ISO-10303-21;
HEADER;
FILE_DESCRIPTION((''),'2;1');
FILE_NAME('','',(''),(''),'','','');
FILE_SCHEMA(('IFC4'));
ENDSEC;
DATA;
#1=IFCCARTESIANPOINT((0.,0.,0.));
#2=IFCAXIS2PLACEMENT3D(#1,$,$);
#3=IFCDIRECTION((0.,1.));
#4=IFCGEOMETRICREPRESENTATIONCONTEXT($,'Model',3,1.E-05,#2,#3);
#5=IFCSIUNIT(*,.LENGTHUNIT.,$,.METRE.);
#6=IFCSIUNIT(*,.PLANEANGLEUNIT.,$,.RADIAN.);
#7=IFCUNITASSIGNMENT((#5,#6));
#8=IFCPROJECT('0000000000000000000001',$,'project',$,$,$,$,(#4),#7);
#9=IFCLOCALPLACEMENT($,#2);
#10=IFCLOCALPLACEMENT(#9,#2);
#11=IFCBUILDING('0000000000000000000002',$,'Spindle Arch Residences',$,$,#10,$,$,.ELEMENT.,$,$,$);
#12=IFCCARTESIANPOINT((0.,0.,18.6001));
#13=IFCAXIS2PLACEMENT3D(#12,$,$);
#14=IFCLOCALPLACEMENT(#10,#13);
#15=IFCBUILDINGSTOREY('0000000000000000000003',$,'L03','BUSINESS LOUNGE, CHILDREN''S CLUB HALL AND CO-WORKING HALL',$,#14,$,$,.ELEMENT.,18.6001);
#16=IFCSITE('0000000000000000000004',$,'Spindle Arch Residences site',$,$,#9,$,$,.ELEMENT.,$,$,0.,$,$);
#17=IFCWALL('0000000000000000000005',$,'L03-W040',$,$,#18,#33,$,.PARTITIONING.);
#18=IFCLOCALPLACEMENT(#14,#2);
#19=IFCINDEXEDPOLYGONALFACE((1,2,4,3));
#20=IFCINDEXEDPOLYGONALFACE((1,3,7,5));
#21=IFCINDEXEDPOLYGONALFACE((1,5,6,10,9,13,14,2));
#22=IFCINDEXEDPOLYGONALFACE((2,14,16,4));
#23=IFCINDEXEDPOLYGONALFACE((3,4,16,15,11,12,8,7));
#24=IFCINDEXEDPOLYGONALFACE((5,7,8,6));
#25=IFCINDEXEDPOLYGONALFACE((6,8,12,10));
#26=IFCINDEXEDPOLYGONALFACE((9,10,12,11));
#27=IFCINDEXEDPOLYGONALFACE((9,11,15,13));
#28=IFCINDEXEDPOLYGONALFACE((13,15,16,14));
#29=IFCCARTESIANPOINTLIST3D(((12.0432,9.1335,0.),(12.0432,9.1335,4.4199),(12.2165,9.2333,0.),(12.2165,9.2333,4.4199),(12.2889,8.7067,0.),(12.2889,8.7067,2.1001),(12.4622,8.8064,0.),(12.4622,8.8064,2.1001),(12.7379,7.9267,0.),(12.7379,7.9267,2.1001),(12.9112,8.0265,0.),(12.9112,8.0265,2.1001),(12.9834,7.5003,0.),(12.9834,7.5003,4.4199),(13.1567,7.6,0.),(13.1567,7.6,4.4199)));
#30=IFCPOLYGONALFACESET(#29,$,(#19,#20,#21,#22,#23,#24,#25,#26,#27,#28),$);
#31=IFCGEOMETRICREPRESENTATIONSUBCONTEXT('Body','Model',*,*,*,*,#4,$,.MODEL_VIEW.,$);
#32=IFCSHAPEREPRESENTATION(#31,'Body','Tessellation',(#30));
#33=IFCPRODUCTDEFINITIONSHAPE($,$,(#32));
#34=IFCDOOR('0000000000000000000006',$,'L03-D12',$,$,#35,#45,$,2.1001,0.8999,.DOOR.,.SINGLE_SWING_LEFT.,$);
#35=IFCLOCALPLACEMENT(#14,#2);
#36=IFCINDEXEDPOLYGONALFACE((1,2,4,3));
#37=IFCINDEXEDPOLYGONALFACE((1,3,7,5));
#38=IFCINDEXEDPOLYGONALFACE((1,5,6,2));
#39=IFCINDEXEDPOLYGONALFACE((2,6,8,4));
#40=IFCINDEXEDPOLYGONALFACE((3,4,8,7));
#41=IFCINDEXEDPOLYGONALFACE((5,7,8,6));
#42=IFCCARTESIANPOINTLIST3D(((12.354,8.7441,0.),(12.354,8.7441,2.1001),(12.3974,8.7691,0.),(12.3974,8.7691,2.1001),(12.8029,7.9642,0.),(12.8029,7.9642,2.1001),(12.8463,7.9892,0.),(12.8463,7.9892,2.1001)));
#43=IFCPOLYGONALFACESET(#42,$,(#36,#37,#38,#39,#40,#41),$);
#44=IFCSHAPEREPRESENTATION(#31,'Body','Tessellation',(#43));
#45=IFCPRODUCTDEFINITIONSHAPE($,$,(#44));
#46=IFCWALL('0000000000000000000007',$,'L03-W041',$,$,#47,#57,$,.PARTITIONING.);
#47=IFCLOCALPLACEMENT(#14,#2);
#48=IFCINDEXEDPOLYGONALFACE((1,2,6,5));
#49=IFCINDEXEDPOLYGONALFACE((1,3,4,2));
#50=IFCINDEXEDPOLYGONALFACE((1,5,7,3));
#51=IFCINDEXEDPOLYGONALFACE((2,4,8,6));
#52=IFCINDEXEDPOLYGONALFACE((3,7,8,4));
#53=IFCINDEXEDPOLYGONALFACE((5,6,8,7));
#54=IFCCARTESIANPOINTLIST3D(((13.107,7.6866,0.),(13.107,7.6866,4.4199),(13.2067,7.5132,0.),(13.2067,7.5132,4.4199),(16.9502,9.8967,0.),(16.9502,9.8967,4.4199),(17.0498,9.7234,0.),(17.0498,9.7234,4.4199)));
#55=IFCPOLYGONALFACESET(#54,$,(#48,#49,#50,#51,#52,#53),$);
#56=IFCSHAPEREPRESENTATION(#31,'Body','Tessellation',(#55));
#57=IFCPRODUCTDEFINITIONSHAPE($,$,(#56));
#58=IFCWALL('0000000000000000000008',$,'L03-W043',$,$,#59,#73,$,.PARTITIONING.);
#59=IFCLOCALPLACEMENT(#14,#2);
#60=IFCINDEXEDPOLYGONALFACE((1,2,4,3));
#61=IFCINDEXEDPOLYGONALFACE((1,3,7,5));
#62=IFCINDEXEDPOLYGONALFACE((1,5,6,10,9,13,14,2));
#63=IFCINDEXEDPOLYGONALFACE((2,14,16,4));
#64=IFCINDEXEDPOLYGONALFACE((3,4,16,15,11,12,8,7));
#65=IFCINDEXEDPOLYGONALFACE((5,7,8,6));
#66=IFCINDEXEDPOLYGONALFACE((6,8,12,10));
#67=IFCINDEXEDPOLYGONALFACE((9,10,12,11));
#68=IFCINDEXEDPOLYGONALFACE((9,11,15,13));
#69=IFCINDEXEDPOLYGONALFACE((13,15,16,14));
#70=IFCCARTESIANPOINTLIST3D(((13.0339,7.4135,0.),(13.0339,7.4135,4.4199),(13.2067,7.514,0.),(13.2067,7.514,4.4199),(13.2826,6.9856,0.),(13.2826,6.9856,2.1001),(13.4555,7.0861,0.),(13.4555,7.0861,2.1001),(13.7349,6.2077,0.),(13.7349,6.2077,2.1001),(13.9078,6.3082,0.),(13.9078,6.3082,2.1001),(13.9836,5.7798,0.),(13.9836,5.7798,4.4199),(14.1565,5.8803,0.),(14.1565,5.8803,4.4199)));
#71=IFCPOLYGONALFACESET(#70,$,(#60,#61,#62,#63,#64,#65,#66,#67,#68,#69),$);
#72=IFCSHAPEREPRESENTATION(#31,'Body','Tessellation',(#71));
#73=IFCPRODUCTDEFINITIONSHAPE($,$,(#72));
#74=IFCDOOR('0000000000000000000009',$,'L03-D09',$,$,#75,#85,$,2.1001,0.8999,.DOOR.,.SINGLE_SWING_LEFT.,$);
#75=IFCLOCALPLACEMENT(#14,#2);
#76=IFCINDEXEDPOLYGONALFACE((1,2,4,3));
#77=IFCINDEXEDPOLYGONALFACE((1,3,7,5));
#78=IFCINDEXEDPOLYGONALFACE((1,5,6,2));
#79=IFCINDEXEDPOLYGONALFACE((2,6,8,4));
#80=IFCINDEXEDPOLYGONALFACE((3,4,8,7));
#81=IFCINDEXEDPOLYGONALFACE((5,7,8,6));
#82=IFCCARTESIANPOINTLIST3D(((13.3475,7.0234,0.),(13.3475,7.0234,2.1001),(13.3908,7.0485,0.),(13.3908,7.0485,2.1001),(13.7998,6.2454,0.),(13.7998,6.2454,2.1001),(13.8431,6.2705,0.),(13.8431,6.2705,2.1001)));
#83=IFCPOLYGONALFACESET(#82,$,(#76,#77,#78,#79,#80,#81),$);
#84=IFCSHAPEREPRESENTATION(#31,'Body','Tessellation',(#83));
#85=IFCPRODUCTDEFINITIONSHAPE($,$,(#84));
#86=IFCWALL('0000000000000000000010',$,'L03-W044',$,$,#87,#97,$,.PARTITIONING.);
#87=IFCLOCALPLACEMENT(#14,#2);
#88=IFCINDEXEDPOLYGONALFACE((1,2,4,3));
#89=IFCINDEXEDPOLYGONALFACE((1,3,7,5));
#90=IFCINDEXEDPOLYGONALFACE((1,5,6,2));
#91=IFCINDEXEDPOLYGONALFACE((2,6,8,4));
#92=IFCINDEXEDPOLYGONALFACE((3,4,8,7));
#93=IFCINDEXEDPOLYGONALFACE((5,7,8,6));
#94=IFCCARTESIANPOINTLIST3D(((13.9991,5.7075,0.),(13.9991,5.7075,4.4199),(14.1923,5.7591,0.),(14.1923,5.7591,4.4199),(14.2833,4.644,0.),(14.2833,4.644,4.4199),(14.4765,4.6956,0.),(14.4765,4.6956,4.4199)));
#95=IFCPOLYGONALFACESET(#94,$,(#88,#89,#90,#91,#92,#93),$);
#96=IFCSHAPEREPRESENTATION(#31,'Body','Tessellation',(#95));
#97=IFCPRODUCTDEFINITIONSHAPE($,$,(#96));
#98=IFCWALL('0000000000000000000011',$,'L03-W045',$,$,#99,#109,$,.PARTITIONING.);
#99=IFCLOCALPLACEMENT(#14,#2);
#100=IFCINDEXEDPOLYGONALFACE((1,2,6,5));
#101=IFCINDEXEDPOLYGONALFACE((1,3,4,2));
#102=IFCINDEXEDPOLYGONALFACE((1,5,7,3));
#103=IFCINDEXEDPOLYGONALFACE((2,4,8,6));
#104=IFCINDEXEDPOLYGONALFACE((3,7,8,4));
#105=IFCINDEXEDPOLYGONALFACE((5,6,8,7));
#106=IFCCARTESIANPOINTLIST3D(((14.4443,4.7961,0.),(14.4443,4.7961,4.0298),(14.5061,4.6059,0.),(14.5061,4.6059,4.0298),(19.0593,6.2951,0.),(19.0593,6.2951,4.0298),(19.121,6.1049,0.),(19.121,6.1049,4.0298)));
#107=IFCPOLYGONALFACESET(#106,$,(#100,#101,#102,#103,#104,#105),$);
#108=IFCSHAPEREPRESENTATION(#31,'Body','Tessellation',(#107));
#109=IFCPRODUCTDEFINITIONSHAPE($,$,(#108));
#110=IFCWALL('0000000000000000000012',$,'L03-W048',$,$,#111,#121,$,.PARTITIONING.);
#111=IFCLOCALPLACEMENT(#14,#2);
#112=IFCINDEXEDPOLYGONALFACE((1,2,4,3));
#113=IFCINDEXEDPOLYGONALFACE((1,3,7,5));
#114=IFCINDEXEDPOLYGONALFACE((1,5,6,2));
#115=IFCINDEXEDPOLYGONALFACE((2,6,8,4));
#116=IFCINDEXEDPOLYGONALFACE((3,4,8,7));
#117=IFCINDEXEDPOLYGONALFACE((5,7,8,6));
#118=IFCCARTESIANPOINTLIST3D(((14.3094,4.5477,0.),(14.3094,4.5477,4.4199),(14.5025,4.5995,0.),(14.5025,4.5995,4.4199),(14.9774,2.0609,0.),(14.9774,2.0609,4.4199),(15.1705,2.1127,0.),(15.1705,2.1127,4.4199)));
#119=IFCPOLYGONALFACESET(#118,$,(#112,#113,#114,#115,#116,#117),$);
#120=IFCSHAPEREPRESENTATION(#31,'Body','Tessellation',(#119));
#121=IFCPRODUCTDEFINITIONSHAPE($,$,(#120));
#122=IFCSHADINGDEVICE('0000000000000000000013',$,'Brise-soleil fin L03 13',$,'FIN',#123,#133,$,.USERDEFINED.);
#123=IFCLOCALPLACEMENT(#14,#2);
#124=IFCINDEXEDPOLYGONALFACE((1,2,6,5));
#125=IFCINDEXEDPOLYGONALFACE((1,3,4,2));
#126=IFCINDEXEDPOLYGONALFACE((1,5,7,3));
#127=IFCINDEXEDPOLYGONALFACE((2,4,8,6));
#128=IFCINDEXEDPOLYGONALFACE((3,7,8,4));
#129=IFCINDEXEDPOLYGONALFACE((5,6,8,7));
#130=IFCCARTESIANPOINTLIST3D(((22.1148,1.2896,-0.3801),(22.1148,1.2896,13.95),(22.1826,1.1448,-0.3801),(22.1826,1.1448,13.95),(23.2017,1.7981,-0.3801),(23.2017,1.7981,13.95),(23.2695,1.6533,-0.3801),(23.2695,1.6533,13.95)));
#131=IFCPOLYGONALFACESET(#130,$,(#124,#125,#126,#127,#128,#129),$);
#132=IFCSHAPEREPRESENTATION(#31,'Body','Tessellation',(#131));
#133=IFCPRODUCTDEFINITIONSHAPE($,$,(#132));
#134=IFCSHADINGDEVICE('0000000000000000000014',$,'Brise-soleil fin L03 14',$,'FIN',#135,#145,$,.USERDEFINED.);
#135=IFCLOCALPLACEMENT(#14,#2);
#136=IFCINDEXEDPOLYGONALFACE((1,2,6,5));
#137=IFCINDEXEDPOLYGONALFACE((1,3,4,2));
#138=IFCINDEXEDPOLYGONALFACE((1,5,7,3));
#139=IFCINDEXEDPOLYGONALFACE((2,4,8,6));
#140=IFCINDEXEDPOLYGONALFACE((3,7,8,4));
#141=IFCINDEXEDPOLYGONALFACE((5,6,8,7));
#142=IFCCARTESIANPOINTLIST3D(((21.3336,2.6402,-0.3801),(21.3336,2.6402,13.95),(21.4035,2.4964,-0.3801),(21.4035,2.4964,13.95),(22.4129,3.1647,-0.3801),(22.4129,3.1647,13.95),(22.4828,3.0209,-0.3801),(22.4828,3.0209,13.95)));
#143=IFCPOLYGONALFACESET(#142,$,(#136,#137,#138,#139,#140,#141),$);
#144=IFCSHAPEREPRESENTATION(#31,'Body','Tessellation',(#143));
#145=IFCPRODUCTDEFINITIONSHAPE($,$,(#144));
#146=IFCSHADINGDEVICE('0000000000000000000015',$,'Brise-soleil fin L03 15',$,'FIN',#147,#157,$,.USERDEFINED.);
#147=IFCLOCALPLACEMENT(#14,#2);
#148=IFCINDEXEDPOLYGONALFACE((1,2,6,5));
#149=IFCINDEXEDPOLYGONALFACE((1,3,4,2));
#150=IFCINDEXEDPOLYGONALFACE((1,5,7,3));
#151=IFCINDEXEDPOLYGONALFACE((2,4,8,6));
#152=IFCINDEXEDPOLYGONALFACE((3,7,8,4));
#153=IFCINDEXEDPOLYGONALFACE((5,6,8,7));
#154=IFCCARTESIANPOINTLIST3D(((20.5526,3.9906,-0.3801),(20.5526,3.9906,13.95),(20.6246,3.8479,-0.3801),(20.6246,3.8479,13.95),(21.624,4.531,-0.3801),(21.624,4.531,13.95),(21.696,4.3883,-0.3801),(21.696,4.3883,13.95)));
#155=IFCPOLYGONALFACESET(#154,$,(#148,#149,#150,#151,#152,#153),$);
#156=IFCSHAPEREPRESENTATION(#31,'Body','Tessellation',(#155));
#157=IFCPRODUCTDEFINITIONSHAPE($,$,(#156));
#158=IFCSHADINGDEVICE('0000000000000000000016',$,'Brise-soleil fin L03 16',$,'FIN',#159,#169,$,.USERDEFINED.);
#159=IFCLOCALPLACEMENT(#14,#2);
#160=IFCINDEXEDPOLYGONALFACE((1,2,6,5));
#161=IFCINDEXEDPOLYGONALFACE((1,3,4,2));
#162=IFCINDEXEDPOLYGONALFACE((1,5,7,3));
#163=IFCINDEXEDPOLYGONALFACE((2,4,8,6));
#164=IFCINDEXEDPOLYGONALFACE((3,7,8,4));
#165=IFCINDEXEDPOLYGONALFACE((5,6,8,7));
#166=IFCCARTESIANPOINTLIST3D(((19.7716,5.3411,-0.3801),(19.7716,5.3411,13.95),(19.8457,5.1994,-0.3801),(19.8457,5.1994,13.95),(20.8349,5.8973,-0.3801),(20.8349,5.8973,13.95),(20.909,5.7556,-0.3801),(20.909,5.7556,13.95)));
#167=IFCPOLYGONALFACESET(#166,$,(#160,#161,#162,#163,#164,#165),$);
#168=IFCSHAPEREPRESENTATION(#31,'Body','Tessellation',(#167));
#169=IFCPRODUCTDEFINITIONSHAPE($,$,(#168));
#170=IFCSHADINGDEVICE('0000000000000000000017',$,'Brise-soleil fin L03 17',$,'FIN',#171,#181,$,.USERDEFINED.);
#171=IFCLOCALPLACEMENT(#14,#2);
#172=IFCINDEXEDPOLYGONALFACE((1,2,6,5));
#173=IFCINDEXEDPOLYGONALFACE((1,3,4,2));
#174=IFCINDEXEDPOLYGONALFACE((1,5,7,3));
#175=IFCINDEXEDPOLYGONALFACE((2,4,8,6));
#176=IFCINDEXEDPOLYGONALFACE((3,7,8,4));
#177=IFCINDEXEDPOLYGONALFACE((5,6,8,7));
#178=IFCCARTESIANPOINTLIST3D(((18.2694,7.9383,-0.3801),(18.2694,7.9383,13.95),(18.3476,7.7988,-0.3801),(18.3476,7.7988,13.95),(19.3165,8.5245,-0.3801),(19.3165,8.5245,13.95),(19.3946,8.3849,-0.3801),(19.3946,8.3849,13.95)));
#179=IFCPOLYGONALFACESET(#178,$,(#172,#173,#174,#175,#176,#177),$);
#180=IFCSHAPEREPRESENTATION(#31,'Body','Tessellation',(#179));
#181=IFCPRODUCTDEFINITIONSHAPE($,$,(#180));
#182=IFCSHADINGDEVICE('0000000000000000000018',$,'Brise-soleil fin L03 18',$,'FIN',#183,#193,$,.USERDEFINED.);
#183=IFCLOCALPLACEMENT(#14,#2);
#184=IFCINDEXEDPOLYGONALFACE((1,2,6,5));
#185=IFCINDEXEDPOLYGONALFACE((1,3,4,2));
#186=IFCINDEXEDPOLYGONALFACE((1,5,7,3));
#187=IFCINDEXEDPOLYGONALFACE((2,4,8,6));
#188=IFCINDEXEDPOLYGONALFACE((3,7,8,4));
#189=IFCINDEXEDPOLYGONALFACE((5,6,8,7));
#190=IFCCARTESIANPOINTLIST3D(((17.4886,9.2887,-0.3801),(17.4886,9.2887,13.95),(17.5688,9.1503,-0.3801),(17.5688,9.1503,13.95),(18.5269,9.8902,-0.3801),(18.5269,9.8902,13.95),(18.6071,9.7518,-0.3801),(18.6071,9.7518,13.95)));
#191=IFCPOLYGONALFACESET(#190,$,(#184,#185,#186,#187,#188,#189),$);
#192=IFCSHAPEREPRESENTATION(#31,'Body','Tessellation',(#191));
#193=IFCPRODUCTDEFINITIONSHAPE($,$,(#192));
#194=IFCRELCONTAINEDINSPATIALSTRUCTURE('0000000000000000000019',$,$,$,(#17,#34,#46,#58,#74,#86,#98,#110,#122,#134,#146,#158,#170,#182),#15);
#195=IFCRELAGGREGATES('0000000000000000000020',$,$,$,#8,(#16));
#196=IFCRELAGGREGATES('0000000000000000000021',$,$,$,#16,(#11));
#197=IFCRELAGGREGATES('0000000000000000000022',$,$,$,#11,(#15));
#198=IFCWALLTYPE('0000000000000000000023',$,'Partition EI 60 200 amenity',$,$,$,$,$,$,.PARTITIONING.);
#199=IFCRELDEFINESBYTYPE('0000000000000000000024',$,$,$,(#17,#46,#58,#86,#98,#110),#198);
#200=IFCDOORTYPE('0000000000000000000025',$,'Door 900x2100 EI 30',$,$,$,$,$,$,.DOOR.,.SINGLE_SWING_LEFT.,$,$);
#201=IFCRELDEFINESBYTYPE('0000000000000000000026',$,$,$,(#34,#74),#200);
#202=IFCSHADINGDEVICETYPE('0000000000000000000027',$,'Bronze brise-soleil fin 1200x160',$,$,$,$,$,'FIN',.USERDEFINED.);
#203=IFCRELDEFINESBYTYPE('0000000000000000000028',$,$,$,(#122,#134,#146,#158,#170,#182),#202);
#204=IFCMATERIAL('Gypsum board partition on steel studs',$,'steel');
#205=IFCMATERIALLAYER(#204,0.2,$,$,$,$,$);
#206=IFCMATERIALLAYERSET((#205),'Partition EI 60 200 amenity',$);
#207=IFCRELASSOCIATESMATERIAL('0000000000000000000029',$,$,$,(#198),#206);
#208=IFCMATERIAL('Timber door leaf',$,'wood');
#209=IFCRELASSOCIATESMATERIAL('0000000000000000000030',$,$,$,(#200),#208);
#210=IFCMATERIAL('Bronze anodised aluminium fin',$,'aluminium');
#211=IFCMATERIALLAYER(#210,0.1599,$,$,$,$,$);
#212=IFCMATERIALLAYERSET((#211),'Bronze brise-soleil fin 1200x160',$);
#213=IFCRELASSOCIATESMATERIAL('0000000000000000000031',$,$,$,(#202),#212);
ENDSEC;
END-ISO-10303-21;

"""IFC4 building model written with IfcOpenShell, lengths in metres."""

from ifc_helpers import new_model, si_unit, direction, frame, frame_2d, origin, origin_2d, place, context, subcontext, project, spatial, rectangle, extrude, material, layer, layer_set, type_object, element, fill, save


model = new_model("IFC4")

# Units and contexts
model_context = context("Model", 3, precision=1e-05, world=origin(), true_north=direction((0.0, 1.0)))
body_context = subcontext(model_context, "Body", "Model", "MODEL_VIEW")
ifc_project = project(units=[si_unit("LENGTHUNIT", "METRE"), si_unit("PLANEANGLEUNIT", "RADIAN")], contexts=[model_context])

# Site, building, storey
site_placement = place(None, origin())
site = spatial("IfcSite", under=ifc_project, at=site_placement, Name="Spindle Arch Residences site", CompositionType="ELEMENT", RefElevation=0.0)
building_placement = place(site_placement, origin())
building = spatial("IfcBuilding", under=site, at=building_placement, Name="Spindle Arch Residences", CompositionType="ELEMENT")
storey_placement = place(building_placement, frame((0.0, 0.0, 18.6001)))
storey = spatial("IfcBuildingStorey", under=building, at=storey_placement, Name="L03", Description="BUSINESS LOUNGE, CHILDREN'S CLUB HALL AND CO-WORKING HALL", CompositionType="ELEMENT", Elevation=18.6001)

# Wall, opening, door
ifc_material_1 = material(Name="Gypsum board partition on steel studs", Category="steel")
ifc_layer_1 = layer(ifc_material_1, 0.2)
ifc_layer_set_1 = layer_set([ifc_layer_1], Name="Partition EI 60 200 amenity")
wall_type = type_object("IfcWallType", Name="Partition EI 60 200 amenity", PredefinedType="PARTITIONING", material=ifc_layer_set_1)
wall_1_placement = place(storey_placement, frame((13.0701, 7.55, 0.0), z_axis=(0.0, 0.0, 1.0), x_axis=(-0.498885, 0.866668, 0.0)))
wall_1 = element("IfcWall", 1, at=wall_1_placement, inside=storey, type_object=wall_type, Name="L03-W040", PredefinedType="PARTITIONING", context=body_context, shape_type="SweptSolid", body=[
    extrude(rectangle(XDim=1.8845, YDim=0.2, at=frame_2d((0.9424, 0.0))), origin(), (0.0, 0.0, 1.0), 4.4199),
])
opening_1_placement = place(wall_1_placement, frame((0.4922, 0.0, 0.0)))
opening_1 = element("IfcOpeningElement", 2, at=opening_1_placement, cuts=wall_1, PredefinedType="OPENING", context=body_context, shape_type="SweptSolid", body=[
    extrude(rectangle(XDim=0.8999, YDim=2.1001, at=frame_2d((0.45, 1.05))), frame((0.0, 0.1099, 0.0), z_axis=(0.0, -1.0, 0.0), x_axis=(1.0, 0.0, 0.0)), (0.0, 0.0, 1.0), 0.22),
])
ifc_material_2 = material(Name="Timber door leaf", Category="wood")
door_type = type_object("IfcDoorType", Name="Door 900x2100 EI 30", OperationType="SINGLE_SWING_LEFT", PredefinedType="DOOR", material=ifc_material_2)
door_1_placement = place(opening_1_placement, origin())
door_1 = element("IfcDoor", 3, at=door_1_placement, inside=storey, type_object=door_type, Name="L03-D12", OperationType="SINGLE_SWING_LEFT", OverallHeight=2.1001, OverallWidth=0.8999, PredefinedType="DOOR", context=body_context, shape_type="SweptSolid", body=[
    extrude(rectangle(XDim=0.8999, YDim=2.1001, at=frame_2d((0.45, 1.05))), frame((0.0, 0.0249, 0.0), z_axis=(0.0, -1.0, 0.0), x_axis=(1.0, 0.0, 0.0)), (0.0, 0.0, 1.0), 0.05),
])
fill(opening_1, door_1)

# Wall
wall_2_placement = place(storey_placement, frame((13.1567, 7.5999, 0.0), z_axis=(0.0, 0.0, 1.0), x_axis=(0.866874, 0.498527, 0.0)))
element("IfcWall", 4, at=wall_2_placement, inside=storey, type_object=wall_type, Name="L03-W041", PredefinedType="PARTITIONING", context=body_context, shape_type="SweptSolid", body=[
    extrude(rectangle(XDim=4.4333, YDim=0.2, at=frame_2d((2.2168, 0.0))), origin(), (0.0, 0.0, 1.0), 4.4199),
])

# Wall, opening, door
wall_3_placement = place(storey_placement, frame((14.0701, 5.8301, 0.0), z_axis=(0.0, 0.0, 1.0), x_axis=(-0.502609, 0.864514, 0.0)))
wall_3 = element("IfcWall", 5, at=wall_3_placement, inside=storey, type_object=wall_type, Name="L03-W043", PredefinedType="PARTITIONING", context=body_context, shape_type="SweptSolid", body=[
    extrude(rectangle(XDim=1.8896, YDim=0.2, at=frame_2d((0.9448, 0.0))), origin(), (0.0, 0.0, 1.0), 4.4199),
])
opening_2_placement = place(wall_3_placement, frame((0.4949, 0.0, 0.0)))
opening_2 = element("IfcOpeningElement", 6, at=opening_2_placement, cuts=wall_3, PredefinedType="OPENING", context=body_context, shape_type="SweptSolid", body=[
    extrude(rectangle(XDim=0.8999, YDim=2.1001, at=frame_2d((0.45, 1.05))), frame((0.0, 0.1099, 0.0), z_axis=(0.0, -1.0, 0.0), x_axis=(1.0, 0.0, 0.0)), (0.0, 0.0, 1.0), 0.22),
])
door_2_placement = place(opening_2_placement, origin())
door_2 = element("IfcDoor", 7, at=door_2_placement, inside=storey, type_object=door_type, Name="L03-D09", OperationType="SINGLE_SWING_LEFT", OverallHeight=2.1001, OverallWidth=0.8999, PredefinedType="DOOR", context=body_context, shape_type="SweptSolid", body=[
    extrude(rectangle(XDim=0.8999, YDim=2.1001, at=frame_2d((0.45, 1.05))), frame((0.0, 0.0249, 0.0), z_axis=(0.0, -1.0, 0.0), x_axis=(1.0, 0.0, 0.0)), (0.0, 0.0, 1.0), 0.05),
])
fill(opening_2, door_2)

# Walls
wall_4_placement = place(storey_placement, frame((14.3799, 4.6699, 0.0), z_axis=(0.0, 0.0, 1.0), x_axis=(-0.25816, 0.966102, 0.0)))
element("IfcWall", 8, at=wall_4_placement, inside=storey, type_object=wall_type, Name="L03-W044", PredefinedType="PARTITIONING", context=body_context, shape_type="SweptSolid", body=[
    extrude(rectangle(XDim=1.1008, YDim=0.2, at=frame_2d((0.5503, 0.0))), origin(), (0.0, 0.0, 1.0), 4.4199),
])
wall_5_placement = place(storey_placement, frame((14.4751, 4.7009, 0.0), z_axis=(0.0, 0.0, 1.0), x_axis=(0.951085, 0.308928, 0.0)))
element("IfcWall", 9, at=wall_5_placement, inside=storey, type_object=wall_type, Name="L03-W045", PredefinedType="PARTITIONING", context=body_context, shape_type="SweptSolid", body=[
    extrude(rectangle(XDim=4.8523, YDim=0.2, at=frame_2d((2.4263, 0.0))), origin(), (0.0, 0.0, 1.0), 4.0298),
])
wall_6_placement = place(storey_placement, frame((15.074, 2.0867, 0.0), z_axis=(0.0, 0.0, 1.0), x_axis=(-0.259409, 0.965768, 0.0)))
element("IfcWall", 10, at=wall_6_placement, inside=storey, type_object=wall_type, Name="L03-W048", PredefinedType="PARTITIONING", context=body_context, shape_type="SweptSolid", body=[
    extrude(rectangle(XDim=2.575, YDim=0.2, at=frame_2d((1.2876, 0.0))), origin(), (0.0, 0.0, 1.0), 4.4199),
])

# Shading devices
ifc_material_3 = material(Name="Bronze anodised aluminium fin", Category="aluminium")
ifc_layer_2 = layer(ifc_material_3, 0.1599)
ifc_layer_set_2 = layer_set([ifc_layer_2], Name="Bronze brise-soleil fin 1200x160")
shading_device_type = type_object("IfcShadingDeviceType", Name="Bronze brise-soleil fin 1200x160", ElementType="FIN", PredefinedType="USERDEFINED", material=ifc_layer_set_2)
for number, where, z_axis, x_axis, name in (
    (11, (22.6921, 1.4714, -0.3801), (0.0, 0.0, 1.0), (0.905769, 0.423771, 0.0), "Brise-soleil fin L03 13"),
    (12, (21.9082, 2.8306, -0.3801), (0.0, 0.0, 1.0), (0.899411, 0.437104, 0.0), "Brise-soleil fin L03 14"),
    (13, (21.1243, 4.1895, -0.3801), (0.0, 0.0, 1.0), (0.892857, 0.450341, 0.0), "Brise-soleil fin L03 15"),
    (14, (20.3403, 5.5483, -0.3801), (0.0, 0.0, 1.0), (0.886108, 0.46348, 0.0), "Brise-soleil fin L03 16"),
    (15, (18.832, 8.1616, -0.3801), (0.0, 0.0, 1.0), (0.872586, 0.48846, 0.0), "Brise-soleil fin L03 17"),
    (16, (18.0479, 9.5203, -0.3801), (0.0, 0.0, 1.0), (0.865276, 0.501295, 0.0), "Brise-soleil fin L03 18"),
):
    element("IfcShadingDevice", number, at=place(storey_placement, frame(where, z_axis=z_axis, x_axis=x_axis)), inside=storey, type_object=shading_device_type, Name=name, ObjectType="FIN", PredefinedType="USERDEFINED", context=body_context, shape_type="SweptSolid", body=[
        extrude(rectangle(XDim=1.2, YDim=0.1599, at=origin_2d()), origin(), (0.0, 0.0, 1.0), 14.3301),
    ])

save(model, "model.ifc")
